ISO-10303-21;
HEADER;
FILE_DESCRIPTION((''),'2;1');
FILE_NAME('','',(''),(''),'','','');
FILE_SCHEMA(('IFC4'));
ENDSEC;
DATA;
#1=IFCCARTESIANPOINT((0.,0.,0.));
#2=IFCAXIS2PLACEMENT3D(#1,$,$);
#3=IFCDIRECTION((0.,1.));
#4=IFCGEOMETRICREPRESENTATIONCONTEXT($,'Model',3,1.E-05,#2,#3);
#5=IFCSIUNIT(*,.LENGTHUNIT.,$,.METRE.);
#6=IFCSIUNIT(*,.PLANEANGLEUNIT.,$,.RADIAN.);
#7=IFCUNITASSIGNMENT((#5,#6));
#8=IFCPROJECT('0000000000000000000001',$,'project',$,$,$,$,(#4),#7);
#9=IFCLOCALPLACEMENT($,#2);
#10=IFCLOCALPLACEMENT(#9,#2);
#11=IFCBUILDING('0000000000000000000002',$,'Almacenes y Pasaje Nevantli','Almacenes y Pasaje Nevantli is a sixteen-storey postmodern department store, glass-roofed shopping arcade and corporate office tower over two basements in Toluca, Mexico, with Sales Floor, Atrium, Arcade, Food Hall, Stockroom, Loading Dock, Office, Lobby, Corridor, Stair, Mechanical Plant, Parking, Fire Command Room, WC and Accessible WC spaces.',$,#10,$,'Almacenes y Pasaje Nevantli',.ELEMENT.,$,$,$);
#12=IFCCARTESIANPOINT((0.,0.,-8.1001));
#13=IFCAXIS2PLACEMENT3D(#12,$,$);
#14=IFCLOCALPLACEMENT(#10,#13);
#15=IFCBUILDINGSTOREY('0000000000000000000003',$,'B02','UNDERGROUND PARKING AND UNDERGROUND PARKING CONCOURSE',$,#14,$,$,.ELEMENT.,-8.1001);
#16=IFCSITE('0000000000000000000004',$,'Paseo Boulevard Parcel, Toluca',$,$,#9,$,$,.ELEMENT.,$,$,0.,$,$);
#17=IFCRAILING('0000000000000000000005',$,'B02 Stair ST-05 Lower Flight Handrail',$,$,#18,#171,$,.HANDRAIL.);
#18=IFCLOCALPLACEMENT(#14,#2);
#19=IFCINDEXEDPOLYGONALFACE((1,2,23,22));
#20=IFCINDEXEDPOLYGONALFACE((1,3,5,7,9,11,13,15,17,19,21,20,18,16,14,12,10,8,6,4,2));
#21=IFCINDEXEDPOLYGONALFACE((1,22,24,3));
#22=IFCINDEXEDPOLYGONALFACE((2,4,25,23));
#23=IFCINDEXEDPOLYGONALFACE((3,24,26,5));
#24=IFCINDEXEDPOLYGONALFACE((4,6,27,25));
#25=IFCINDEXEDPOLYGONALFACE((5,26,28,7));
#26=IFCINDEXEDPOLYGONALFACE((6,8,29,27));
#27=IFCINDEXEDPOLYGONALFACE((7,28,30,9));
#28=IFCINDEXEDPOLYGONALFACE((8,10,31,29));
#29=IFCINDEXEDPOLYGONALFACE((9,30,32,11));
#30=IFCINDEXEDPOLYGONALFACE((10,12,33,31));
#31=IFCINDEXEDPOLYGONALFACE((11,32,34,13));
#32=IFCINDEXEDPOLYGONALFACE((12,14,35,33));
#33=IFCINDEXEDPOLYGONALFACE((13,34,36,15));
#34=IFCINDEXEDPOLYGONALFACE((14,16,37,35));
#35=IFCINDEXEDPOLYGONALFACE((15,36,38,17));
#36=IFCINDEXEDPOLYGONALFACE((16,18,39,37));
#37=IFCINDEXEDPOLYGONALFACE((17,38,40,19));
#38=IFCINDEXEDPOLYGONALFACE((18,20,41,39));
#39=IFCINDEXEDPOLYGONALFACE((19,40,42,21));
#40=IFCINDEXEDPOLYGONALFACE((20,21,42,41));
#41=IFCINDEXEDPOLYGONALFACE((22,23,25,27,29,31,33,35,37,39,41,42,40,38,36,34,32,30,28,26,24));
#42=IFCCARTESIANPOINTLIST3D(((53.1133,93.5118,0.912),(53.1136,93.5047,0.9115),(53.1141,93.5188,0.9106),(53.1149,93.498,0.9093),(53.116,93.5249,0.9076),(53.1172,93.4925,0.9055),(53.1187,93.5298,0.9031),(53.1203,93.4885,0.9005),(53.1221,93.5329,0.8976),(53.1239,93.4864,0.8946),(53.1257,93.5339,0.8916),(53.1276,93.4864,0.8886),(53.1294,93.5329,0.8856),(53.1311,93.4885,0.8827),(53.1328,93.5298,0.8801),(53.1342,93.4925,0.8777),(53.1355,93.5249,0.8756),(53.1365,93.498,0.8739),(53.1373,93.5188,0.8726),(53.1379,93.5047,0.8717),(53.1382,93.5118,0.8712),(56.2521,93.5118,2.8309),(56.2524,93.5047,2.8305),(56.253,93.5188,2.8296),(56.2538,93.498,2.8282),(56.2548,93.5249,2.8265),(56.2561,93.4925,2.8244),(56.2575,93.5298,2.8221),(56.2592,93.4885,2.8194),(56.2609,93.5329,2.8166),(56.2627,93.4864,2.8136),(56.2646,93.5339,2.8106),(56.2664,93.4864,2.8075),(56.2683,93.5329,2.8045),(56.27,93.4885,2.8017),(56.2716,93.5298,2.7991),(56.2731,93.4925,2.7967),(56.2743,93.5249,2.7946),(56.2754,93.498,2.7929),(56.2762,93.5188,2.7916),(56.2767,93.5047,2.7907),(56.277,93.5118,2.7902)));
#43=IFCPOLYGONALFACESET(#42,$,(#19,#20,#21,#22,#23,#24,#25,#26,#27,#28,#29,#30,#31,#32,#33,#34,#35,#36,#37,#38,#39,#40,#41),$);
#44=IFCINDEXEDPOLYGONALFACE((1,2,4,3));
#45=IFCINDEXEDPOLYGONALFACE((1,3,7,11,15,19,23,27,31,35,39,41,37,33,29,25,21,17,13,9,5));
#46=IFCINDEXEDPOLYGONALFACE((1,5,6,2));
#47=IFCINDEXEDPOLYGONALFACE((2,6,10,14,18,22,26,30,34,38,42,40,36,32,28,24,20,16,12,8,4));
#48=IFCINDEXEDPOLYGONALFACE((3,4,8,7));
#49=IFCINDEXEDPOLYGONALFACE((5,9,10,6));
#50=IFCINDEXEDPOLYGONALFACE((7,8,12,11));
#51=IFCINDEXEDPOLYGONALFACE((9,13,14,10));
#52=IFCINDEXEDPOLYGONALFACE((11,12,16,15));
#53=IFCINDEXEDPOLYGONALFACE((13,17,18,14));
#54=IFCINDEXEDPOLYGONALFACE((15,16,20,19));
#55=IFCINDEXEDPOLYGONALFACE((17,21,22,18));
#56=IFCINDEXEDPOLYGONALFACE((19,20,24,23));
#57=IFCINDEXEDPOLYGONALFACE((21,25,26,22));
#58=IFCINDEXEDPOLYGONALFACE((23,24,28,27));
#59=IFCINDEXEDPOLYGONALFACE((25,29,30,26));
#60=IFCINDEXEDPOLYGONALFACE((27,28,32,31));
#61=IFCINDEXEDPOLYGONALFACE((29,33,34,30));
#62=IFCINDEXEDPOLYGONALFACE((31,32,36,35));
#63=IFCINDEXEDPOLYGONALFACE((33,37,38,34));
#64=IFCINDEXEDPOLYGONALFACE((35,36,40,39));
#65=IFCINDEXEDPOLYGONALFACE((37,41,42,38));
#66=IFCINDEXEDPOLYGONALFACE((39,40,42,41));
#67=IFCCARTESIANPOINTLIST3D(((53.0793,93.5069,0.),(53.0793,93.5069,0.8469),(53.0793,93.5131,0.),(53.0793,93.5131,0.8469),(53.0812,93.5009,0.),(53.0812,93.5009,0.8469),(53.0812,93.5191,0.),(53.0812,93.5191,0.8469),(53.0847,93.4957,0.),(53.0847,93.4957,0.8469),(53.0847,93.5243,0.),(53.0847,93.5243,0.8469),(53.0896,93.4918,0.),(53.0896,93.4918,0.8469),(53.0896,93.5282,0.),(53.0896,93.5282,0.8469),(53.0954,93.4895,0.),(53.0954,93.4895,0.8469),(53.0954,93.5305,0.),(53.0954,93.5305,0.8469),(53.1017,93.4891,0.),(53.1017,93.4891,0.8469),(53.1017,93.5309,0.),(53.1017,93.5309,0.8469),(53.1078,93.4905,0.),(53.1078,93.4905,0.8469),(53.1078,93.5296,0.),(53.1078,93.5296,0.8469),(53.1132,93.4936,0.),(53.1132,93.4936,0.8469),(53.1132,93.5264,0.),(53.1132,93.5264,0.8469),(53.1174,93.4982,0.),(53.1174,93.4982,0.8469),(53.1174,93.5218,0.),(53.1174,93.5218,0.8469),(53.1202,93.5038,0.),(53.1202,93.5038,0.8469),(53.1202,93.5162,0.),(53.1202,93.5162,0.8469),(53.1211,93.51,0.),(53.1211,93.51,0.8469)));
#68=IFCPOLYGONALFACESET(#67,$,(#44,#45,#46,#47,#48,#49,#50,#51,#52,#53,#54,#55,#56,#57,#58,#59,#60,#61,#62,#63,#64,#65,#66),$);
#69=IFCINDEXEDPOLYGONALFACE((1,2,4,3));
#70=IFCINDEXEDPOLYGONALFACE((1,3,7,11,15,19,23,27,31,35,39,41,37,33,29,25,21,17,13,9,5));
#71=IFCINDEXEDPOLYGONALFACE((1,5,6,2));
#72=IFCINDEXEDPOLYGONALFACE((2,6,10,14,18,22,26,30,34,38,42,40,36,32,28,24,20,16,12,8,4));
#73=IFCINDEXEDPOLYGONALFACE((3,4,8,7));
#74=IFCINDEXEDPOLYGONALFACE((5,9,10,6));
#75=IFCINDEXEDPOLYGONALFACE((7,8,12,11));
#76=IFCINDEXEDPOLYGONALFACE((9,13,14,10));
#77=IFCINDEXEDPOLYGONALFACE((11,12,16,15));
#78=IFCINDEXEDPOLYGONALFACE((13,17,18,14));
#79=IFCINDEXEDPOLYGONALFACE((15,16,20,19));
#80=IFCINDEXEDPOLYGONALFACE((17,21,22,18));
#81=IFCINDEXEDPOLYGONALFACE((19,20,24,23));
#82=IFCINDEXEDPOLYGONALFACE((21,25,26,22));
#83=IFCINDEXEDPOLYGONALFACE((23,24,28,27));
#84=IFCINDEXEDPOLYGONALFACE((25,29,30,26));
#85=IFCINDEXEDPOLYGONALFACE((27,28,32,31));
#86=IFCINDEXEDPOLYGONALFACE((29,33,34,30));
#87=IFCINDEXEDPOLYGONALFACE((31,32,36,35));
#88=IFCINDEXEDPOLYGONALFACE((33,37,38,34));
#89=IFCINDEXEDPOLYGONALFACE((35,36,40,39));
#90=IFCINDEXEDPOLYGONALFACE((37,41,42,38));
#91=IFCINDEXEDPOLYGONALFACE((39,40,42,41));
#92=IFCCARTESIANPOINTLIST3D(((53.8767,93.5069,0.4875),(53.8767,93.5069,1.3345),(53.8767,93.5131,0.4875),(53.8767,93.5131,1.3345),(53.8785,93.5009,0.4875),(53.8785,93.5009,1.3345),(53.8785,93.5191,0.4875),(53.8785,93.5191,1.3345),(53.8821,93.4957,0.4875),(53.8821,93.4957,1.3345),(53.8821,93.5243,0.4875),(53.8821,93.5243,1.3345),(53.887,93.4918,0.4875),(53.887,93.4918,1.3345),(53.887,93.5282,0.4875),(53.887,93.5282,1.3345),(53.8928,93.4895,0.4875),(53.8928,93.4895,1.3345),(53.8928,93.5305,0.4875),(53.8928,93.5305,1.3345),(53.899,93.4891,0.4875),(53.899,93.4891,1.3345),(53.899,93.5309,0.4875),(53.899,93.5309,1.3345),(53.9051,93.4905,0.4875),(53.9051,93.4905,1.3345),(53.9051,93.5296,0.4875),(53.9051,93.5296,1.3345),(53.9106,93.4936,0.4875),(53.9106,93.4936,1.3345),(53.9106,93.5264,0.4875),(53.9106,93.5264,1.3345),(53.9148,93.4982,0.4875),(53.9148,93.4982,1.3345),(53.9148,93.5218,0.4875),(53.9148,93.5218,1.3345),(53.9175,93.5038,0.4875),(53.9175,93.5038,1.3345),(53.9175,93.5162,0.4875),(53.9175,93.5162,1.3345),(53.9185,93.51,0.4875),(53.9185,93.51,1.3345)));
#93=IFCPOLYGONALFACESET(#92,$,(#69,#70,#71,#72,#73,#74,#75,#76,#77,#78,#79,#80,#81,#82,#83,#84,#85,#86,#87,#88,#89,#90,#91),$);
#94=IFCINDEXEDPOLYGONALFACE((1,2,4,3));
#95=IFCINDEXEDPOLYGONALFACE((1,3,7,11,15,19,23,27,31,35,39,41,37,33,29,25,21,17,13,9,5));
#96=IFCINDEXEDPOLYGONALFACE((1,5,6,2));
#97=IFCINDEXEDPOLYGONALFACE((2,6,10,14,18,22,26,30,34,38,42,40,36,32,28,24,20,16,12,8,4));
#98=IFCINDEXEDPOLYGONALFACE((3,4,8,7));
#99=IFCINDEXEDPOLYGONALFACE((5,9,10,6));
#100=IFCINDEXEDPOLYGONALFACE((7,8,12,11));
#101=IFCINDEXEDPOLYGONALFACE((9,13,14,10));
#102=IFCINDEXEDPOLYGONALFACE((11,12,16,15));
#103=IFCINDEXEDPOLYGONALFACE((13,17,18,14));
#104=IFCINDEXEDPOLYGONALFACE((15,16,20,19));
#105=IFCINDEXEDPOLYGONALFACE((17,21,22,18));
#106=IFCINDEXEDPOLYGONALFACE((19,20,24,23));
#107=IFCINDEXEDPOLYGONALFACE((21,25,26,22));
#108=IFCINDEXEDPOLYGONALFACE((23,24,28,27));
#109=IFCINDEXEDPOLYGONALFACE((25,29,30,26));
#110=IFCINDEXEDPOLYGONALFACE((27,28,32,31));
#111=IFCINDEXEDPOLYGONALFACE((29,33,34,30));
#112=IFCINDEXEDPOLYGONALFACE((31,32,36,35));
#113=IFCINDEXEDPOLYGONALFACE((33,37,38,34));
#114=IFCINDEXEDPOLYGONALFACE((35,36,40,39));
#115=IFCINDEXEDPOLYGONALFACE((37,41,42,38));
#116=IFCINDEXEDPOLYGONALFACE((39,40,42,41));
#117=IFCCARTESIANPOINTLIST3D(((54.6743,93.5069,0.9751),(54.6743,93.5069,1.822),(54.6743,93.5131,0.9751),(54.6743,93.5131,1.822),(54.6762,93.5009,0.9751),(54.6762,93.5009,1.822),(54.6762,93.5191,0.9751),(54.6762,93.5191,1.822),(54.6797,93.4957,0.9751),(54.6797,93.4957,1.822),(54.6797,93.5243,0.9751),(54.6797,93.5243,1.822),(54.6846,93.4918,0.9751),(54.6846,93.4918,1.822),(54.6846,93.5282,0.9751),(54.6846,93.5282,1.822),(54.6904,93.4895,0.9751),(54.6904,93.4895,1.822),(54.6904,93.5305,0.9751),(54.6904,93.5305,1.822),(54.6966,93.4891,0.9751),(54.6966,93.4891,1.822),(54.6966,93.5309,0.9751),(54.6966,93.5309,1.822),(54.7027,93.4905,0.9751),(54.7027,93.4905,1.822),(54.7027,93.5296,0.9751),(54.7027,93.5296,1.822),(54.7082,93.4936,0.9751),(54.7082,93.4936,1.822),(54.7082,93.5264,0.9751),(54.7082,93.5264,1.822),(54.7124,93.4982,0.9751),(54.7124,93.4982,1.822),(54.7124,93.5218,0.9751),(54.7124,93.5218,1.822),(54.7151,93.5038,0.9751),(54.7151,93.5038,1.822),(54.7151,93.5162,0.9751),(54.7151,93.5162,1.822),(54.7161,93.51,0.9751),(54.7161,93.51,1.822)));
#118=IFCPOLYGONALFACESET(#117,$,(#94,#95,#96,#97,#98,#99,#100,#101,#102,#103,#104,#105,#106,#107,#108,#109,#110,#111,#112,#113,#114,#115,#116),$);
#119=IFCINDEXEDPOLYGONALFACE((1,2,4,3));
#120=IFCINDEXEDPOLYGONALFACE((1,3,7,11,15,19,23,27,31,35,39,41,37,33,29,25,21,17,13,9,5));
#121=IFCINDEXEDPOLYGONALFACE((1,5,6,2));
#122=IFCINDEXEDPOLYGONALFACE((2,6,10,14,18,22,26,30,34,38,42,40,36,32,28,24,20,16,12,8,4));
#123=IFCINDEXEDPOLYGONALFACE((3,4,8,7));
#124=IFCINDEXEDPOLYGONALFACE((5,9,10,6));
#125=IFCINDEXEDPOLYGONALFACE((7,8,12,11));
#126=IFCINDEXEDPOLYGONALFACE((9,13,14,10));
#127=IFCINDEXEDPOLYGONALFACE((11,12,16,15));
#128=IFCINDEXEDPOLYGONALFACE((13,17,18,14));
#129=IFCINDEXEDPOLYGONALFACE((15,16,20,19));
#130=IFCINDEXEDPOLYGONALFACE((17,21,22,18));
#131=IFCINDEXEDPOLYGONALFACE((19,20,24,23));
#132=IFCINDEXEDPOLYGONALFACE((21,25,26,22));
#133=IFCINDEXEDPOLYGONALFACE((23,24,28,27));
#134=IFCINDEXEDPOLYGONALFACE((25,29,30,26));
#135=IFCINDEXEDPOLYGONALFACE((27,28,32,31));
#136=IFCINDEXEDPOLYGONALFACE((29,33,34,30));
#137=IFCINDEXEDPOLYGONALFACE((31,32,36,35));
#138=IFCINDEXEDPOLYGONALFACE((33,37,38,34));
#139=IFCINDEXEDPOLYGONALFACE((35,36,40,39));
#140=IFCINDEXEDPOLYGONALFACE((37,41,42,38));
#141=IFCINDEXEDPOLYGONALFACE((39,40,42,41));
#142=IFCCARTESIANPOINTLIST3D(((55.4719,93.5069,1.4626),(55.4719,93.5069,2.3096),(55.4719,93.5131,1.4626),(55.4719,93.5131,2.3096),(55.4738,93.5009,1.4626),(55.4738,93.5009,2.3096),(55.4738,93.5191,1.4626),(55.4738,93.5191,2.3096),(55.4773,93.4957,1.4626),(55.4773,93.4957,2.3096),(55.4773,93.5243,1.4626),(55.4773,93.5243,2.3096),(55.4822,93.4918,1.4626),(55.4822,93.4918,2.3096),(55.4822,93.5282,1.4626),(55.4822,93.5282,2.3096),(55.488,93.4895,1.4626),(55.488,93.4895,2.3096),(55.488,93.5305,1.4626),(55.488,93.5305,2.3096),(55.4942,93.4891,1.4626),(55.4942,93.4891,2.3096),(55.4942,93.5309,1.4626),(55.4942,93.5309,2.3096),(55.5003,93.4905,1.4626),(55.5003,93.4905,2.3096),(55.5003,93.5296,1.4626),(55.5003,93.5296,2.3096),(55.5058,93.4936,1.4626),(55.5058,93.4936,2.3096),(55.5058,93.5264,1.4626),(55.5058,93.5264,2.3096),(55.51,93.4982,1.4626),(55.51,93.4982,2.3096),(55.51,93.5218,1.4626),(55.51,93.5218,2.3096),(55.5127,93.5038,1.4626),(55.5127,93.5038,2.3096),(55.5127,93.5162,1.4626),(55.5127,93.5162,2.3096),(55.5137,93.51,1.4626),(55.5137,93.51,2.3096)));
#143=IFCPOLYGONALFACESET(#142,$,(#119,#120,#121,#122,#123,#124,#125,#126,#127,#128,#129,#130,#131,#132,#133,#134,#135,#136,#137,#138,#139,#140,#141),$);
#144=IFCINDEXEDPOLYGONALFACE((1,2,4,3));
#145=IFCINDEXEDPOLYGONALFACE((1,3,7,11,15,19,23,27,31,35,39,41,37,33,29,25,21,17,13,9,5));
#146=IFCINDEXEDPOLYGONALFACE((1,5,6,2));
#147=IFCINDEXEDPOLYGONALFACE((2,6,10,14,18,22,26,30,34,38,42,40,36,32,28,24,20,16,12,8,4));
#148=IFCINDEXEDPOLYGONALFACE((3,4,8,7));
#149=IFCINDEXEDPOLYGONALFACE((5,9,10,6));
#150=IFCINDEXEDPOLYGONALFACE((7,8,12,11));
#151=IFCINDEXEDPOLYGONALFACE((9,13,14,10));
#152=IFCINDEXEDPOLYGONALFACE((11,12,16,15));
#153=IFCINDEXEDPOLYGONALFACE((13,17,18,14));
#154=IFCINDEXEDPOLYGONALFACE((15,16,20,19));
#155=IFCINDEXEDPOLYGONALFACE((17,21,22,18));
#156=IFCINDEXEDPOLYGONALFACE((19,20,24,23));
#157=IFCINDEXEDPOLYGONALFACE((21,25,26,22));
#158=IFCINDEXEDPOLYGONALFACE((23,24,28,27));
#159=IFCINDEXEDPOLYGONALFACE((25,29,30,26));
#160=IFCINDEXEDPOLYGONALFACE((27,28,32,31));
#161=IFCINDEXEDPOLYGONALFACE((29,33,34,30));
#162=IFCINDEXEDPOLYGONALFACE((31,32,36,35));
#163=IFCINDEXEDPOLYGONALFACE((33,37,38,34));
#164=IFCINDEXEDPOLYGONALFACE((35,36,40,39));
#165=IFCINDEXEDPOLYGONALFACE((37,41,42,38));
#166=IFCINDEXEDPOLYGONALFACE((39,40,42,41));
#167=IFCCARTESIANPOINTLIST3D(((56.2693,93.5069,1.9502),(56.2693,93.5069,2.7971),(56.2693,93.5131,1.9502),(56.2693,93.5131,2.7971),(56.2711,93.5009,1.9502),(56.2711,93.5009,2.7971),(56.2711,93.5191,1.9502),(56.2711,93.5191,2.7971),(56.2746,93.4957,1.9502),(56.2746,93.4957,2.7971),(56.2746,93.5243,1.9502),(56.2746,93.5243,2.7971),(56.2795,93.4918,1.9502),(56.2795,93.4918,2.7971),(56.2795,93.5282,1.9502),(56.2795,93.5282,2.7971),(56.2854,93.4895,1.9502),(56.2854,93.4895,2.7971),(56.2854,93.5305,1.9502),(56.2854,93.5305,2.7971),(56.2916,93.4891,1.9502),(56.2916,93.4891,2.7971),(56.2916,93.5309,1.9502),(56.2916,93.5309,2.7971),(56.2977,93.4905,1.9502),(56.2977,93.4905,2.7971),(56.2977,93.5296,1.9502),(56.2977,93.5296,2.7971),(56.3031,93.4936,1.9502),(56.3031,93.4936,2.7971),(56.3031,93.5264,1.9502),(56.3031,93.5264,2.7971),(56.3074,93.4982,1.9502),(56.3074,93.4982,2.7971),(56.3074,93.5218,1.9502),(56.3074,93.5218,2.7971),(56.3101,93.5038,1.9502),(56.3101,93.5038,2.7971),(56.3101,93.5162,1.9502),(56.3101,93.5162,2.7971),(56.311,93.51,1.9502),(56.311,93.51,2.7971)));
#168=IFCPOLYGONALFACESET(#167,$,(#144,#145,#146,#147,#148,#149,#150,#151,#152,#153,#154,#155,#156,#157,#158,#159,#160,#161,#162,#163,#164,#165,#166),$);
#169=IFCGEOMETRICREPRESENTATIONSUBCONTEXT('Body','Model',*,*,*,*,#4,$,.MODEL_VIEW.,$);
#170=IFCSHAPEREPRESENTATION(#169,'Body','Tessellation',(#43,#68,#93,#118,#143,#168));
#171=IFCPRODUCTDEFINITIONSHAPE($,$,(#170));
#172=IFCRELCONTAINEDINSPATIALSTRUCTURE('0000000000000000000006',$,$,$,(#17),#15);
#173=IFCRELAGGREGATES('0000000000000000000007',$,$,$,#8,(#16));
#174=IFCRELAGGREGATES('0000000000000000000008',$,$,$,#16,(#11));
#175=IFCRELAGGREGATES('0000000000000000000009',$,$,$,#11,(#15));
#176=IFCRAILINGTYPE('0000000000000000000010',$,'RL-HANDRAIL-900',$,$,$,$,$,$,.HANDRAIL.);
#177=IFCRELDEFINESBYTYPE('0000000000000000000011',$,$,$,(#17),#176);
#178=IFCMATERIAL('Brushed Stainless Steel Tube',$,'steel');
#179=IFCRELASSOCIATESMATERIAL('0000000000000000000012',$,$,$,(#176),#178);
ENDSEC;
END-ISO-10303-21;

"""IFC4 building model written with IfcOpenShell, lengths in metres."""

from ifc_helpers import new_model, si_unit, direction, frame, origin, origin_2d, place, context, subcontext, project, spatial, circle, extrude, material, type_object, element, save


model = new_model("IFC4")

# Units and contexts
model_context = context("Model", 3, precision=1e-05, world=origin(), true_north=direction((0.0, 1.0)))
body_context = subcontext(model_context, "Body", "Model", "MODEL_VIEW")
ifc_project = project(units=[si_unit("LENGTHUNIT", "METRE"), si_unit("PLANEANGLEUNIT", "RADIAN")], contexts=[model_context])

# Site, building, storey
site_placement = place(None, origin())
site = spatial("IfcSite", under=ifc_project, at=site_placement, Name="Paseo Boulevard Parcel, Toluca", CompositionType="ELEMENT", RefElevation=0.0)
building_placement = place(site_placement, origin())
building = spatial("IfcBuilding", under=site, at=building_placement, Name="Almacenes y Pasaje Nevantli", Description="Almacenes y Pasaje Nevantli is a sixteen-storey postmodern department store, glass-roofed shopping arcade and corporate office tower over two basements in Toluca, Mexico, with Sales Floor, Atrium, Arcade, Food Hall, Stockroom, Loading Dock, Office, Lobby, Corridor, Stair, Mechanical Plant, Parking, Fire Command Room, WC and Accessible WC spaces.", LongName="Almacenes y Pasaje Nevantli", CompositionType="ELEMENT")
storey_placement = place(building_placement, frame((0.0, 0.0, -8.1001)))
storey = spatial("IfcBuildingStorey", under=building, at=storey_placement, Name="B02", Description="UNDERGROUND PARKING AND UNDERGROUND PARKING CONCOURSE", CompositionType="ELEMENT", Elevation=-8.1001)

# Railing
ifc_material_1 = material(Name="Brushed Stainless Steel Tube", Category="steel")
railing_type_1 = type_object("IfcRailingType", Name="RL-HANDRAIL-900", PredefinedType="HANDRAIL", material=ifc_material_1)
railing_1_placement = place(storey_placement, frame((53.1001, 93.51, 0.0)))
element("IfcRailing", 1, at=railing_1_placement, inside=storey, type_object=railing_type_1, Name="B02 Stair ST-05 Lower Flight Handrail", PredefinedType="HANDRAIL", context=body_context, shape_type="SweptSolid", body=[
    extrude(circle(Radius=0.0239, at=origin_2d()), frame((0.0256, 0.0, 0.8916), z_axis=(0.853188, 0.0, 0.521603), x_axis=(0.0, 1.0, 0.0)), (0.0, 0.0, 1.0), 3.679),
    extrude(circle(Radius=0.021, at=origin_2d()), origin(), (0.0, 0.0, 1.0), 0.8469),
    extrude(circle(Radius=0.021, at=origin_2d()), frame((0.7974, 0.0, 0.4875)), (0.0, 0.0, 1.0), 0.8469),
    extrude(circle(Radius=0.021, at=origin_2d()), frame((1.595, 0.0, 0.9751)), (0.0, 0.0, 1.0), 0.8469),
    extrude(circle(Radius=0.021, at=origin_2d()), frame((2.3926, 0.0, 1.4626)), (0.0, 0.0, 1.0), 0.8469),
    extrude(circle(Radius=0.021, at=origin_2d()), frame((3.1899, 0.0, 1.9502)), (0.0, 0.0, 1.0), 0.8469),
])

save(model, "model.ifc")
